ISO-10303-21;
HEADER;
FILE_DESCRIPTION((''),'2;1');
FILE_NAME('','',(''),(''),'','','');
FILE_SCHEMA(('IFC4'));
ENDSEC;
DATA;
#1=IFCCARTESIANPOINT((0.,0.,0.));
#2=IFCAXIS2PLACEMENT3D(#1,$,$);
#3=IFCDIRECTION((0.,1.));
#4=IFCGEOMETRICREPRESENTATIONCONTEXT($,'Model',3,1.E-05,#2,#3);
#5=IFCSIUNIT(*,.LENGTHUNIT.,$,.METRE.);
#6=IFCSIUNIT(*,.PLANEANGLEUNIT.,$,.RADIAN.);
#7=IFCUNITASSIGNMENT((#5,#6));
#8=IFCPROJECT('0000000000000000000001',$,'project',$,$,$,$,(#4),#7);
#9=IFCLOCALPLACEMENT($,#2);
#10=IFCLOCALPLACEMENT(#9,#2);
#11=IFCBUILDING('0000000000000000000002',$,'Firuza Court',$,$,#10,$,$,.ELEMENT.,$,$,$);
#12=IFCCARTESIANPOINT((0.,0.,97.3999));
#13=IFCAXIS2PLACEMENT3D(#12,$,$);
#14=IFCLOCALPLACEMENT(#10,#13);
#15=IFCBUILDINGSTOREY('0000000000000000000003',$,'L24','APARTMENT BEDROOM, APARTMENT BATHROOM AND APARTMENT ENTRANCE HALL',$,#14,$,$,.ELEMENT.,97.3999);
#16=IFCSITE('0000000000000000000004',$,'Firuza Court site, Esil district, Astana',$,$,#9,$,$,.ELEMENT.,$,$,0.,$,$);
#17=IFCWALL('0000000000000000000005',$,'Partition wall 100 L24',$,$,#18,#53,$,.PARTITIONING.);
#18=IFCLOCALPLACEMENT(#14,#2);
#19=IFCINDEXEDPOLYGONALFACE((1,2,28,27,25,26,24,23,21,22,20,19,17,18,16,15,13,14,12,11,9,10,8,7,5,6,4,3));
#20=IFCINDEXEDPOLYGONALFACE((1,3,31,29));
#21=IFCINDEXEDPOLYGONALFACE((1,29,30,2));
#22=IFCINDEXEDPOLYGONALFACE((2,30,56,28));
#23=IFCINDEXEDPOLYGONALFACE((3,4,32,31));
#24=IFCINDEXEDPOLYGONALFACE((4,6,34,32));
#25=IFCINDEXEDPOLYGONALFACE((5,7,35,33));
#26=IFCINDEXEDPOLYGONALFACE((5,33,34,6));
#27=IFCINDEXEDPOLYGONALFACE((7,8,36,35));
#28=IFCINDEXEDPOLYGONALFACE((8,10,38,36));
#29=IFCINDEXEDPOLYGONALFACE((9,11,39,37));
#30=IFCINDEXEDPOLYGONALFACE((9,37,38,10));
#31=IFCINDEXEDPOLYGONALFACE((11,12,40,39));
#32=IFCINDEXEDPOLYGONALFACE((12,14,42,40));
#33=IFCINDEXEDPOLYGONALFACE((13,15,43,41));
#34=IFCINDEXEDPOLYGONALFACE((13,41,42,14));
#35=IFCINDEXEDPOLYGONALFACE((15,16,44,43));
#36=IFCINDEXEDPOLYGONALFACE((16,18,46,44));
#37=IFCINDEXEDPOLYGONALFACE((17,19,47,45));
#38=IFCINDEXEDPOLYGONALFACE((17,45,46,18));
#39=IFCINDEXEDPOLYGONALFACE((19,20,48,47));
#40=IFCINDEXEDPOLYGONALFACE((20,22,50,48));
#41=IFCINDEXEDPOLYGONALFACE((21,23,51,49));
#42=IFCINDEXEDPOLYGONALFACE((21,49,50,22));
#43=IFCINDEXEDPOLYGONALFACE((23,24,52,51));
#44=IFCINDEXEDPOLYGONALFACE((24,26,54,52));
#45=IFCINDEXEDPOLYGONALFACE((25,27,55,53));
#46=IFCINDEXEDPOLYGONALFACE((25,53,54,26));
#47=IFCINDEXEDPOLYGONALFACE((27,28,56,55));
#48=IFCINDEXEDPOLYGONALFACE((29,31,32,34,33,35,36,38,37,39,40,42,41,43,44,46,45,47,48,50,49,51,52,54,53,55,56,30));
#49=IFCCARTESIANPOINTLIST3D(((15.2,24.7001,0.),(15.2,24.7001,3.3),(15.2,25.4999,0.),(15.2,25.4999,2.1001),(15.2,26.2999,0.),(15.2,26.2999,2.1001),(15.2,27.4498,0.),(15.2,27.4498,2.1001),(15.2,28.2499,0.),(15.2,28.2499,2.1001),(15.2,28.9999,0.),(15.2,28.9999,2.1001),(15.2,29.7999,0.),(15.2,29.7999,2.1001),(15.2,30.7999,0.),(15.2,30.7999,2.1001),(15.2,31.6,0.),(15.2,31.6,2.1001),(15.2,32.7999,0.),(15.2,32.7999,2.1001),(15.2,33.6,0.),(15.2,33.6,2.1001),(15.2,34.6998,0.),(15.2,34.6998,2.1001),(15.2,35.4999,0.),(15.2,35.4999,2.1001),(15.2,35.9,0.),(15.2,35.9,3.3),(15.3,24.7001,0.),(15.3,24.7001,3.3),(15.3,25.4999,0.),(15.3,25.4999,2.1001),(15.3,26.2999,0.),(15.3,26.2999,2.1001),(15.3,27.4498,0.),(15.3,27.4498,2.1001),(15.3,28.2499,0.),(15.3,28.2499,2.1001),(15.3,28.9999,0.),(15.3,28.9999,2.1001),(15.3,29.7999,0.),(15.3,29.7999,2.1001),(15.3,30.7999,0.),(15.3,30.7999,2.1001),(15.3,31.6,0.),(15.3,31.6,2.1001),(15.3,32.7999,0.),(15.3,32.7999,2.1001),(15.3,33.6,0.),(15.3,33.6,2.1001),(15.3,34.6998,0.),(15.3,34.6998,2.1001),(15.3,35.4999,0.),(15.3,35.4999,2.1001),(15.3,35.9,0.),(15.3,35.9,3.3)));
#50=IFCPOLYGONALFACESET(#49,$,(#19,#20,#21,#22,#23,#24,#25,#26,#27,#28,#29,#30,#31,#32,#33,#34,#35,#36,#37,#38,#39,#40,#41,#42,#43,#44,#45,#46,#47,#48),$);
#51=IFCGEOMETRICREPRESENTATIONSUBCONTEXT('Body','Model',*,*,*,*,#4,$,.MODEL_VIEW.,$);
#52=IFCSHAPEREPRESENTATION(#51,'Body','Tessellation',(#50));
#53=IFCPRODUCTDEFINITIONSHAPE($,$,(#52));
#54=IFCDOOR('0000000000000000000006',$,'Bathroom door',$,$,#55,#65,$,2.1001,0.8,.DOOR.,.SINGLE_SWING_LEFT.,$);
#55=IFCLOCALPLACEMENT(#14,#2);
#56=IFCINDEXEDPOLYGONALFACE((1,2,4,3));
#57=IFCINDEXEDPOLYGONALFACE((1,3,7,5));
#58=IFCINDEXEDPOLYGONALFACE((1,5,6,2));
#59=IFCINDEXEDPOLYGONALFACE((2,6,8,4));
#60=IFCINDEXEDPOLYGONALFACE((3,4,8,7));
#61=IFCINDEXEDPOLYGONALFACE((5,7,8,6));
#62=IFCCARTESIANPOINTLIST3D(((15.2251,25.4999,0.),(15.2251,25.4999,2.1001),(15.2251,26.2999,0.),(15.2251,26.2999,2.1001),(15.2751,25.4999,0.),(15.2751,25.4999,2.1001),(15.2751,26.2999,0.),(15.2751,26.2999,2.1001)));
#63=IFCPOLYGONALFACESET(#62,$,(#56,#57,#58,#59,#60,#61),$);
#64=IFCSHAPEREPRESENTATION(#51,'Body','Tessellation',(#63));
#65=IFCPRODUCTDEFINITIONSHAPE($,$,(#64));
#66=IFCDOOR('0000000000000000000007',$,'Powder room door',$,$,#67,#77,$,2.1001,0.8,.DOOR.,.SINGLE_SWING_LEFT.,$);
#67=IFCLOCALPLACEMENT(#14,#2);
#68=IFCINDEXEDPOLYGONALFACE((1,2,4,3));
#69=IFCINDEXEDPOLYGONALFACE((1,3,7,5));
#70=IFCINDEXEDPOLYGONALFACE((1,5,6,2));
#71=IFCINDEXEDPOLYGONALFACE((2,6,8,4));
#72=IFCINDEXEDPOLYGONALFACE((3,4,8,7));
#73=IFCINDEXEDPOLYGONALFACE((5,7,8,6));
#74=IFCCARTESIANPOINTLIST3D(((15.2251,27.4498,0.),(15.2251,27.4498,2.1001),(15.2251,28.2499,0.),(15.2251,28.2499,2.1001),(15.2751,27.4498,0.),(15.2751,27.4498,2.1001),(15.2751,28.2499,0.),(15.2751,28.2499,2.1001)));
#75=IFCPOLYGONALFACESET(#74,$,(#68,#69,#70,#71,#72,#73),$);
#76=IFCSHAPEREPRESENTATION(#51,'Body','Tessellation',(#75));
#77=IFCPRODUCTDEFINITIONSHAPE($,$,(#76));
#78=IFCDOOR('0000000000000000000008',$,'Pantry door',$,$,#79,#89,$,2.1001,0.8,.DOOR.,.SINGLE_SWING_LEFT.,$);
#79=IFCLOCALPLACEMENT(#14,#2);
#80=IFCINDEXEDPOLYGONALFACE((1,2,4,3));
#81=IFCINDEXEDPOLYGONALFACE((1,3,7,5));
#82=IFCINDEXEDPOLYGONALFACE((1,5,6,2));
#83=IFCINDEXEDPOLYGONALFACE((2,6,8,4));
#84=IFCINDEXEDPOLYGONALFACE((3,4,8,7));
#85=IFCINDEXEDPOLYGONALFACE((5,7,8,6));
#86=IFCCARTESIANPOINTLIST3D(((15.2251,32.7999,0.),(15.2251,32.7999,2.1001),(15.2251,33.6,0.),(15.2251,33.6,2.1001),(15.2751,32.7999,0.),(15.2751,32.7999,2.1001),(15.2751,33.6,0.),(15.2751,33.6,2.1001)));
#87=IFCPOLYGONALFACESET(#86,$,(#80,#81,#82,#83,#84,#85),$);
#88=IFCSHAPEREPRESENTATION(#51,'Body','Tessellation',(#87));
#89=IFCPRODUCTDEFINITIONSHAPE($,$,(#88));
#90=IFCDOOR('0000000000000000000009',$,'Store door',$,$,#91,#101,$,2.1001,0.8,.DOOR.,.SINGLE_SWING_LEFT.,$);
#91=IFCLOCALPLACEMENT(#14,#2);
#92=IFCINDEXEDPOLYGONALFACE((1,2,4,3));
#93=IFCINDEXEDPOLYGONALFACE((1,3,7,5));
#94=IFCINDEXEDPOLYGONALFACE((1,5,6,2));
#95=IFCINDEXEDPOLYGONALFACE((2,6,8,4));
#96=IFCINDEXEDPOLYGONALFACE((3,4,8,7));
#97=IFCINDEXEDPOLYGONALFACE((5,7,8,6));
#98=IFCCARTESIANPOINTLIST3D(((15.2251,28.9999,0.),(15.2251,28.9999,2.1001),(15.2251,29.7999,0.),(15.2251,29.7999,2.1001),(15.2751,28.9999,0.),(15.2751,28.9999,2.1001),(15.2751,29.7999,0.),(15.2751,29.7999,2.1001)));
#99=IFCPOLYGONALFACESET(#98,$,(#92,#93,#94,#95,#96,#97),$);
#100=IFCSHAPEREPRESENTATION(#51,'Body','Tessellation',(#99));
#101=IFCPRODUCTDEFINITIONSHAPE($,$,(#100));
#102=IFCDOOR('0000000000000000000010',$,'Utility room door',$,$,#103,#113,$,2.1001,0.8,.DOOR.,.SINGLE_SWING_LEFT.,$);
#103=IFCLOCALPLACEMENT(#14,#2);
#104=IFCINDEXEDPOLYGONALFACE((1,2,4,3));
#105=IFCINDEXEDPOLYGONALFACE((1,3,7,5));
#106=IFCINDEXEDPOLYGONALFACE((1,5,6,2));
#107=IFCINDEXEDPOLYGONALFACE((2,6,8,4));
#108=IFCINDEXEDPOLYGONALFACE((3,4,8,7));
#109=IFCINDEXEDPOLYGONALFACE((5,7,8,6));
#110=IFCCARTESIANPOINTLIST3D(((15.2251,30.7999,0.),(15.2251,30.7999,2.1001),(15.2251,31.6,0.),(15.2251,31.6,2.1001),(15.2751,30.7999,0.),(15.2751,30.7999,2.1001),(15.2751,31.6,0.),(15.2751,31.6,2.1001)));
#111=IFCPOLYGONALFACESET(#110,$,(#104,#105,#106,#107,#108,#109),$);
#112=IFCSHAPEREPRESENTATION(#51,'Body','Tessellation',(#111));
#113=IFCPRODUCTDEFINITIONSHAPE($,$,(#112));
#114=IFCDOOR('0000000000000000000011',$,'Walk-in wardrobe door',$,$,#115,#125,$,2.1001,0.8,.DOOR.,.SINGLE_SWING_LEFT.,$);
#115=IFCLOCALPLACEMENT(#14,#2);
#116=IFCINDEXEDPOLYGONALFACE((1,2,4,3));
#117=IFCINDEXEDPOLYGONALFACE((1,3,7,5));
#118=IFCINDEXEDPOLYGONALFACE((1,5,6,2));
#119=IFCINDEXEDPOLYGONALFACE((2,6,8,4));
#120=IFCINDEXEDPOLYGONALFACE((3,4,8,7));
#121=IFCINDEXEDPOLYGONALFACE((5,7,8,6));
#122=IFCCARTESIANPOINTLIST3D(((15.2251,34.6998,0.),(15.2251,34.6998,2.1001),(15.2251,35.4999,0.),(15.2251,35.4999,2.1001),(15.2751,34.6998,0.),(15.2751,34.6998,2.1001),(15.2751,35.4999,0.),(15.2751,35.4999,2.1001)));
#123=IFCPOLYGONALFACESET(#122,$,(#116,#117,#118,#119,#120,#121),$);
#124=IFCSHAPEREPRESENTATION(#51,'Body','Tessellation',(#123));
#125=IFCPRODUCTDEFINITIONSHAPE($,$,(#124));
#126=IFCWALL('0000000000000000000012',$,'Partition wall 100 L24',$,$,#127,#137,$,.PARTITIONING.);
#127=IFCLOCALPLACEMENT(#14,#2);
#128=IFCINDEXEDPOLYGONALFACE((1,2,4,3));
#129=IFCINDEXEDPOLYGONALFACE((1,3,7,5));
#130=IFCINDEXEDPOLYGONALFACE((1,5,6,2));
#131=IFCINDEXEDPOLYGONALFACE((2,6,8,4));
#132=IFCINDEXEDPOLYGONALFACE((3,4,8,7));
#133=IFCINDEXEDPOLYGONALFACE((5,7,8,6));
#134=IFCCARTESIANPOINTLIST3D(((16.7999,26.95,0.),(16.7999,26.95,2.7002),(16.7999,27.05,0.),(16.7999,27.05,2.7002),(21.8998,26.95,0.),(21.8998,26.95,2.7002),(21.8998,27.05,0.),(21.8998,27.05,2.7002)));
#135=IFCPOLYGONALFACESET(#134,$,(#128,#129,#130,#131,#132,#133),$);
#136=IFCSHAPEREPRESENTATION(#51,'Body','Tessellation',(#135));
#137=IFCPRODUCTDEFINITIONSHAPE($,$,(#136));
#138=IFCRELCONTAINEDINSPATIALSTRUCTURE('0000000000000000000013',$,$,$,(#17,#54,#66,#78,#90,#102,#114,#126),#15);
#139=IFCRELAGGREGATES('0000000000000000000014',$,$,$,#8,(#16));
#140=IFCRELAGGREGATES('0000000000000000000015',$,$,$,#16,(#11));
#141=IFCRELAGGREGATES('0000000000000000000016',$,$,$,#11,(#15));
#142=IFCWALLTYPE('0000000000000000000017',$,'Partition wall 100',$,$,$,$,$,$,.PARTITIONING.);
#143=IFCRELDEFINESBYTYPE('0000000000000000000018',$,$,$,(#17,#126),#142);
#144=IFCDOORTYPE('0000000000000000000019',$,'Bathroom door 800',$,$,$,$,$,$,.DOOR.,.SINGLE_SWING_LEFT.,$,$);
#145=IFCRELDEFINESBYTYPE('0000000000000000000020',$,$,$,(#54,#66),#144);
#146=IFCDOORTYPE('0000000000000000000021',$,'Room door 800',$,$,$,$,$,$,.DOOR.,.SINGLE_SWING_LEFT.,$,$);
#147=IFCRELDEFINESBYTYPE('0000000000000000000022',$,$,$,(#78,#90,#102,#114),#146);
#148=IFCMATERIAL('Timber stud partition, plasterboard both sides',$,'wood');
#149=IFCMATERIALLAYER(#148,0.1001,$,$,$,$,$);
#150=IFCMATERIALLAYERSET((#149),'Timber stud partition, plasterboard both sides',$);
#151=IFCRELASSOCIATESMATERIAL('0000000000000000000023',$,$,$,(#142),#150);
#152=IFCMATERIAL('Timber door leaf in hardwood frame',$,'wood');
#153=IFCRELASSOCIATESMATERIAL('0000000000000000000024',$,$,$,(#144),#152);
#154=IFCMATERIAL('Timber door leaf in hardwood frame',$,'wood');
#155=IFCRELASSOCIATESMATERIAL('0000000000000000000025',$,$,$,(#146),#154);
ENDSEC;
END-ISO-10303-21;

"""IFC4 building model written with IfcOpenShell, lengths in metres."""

from ifc_helpers import new_model, si_unit, direction, frame, frame_2d, origin, place, context, subcontext, project, spatial, rectangle, extrude, material, layer, layer_set, type_object, element, fill, save


model = new_model("IFC4")

# Units and contexts
model_context = context("Model", 3, precision=1e-05, world=origin(), true_north=direction((0.0, 1.0)))
body_context = subcontext(model_context, "Body", "Model", "MODEL_VIEW")
ifc_project = project(units=[si_unit("LENGTHUNIT", "METRE"), si_unit("PLANEANGLEUNIT", "RADIAN")], contexts=[model_context])

# Site, building, storey
site_placement = place(None, origin())
site = spatial("IfcSite", under=ifc_project, at=site_placement, Name="Firuza Court site, Esil district, Astana", CompositionType="ELEMENT", RefElevation=0.0)
building_placement = place(site_placement, origin())
building = spatial("IfcBuilding", under=site, at=building_placement, Name="Firuza Court", CompositionType="ELEMENT")
storey_placement = place(building_placement, frame((0.0, 0.0, 97.3999)))
storey = spatial("IfcBuildingStorey", under=building, at=storey_placement, Name="L24", Description="APARTMENT BEDROOM, APARTMENT BATHROOM AND APARTMENT ENTRANCE HALL", CompositionType="ELEMENT", Elevation=97.3999)

# Shared definitions
ifc_material_1 = material(Name="Timber stud partition, plasterboard both sides", Category="wood")
ifc_layer_1 = layer(ifc_material_1, 0.1001)
ifc_layer_set_1 = layer_set([ifc_layer_1], Name="Timber stud partition, plasterboard both sides")
wall_type_1 = type_object("IfcWallType", Name="Partition wall 100", PredefinedType="PARTITIONING", material=ifc_layer_set_1)

# Wall, openings, doors
wall_1_placement = place(storey_placement, frame((15.25, 24.7, 0.0), z_axis=(0.0, 0.0, 1.0), x_axis=(0.0, 1.0, 0.0)))
wall_1 = element("IfcWall", 1, at=wall_1_placement, inside=storey, type_object=wall_type_1, Name="Partition wall 100 L24", PredefinedType="PARTITIONING", context=body_context, shape_type="SweptSolid", body=[
    extrude(rectangle(XDim=11.2, YDim=0.1001, at=frame_2d((5.6001, 0.0))), origin(), (0.0, 0.0, 1.0), 3.3),
])
opening_1_placement = place(wall_1_placement, frame((0.8, 0.0, 0.0)))
opening_1 = element("IfcOpeningElement", 2, at=opening_1_placement, cuts=wall_1, PredefinedType="OPENING", context=body_context, shape_type="SweptSolid", body=[
    extrude(rectangle(XDim=0.8, YDim=2.1001, at=frame_2d((0.3999, 1.05))), frame((0.0, 0.062, 0.0), z_axis=(0.0, -1.0, 0.0), x_axis=(1.0, 0.0, 0.0)), (0.0, 0.0, 1.0), 0.124),
])
opening_2_placement = place(wall_1_placement, frame((8.1001, 0.0, 0.0)))
opening_2 = element("IfcOpeningElement", 3, at=opening_2_placement, cuts=wall_1, PredefinedType="OPENING", context=body_context, shape_type="SweptSolid", body=[
    extrude(rectangle(XDim=0.8, YDim=2.1001, at=frame_2d((0.3999, 1.05))), frame((0.0, 0.062, 0.0), z_axis=(0.0, -1.0, 0.0), x_axis=(1.0, 0.0, 0.0)), (0.0, 0.0, 1.0), 0.124),
])
opening_3_placement = place(wall_1_placement, frame((4.3, 0.0, 0.0)))
opening_3 = element("IfcOpeningElement", 4, at=opening_3_placement, cuts=wall_1, PredefinedType="OPENING", context=body_context, shape_type="SweptSolid", body=[
    extrude(rectangle(XDim=0.8, YDim=2.1001, at=frame_2d((0.3999, 1.05))), frame((0.0, 0.062, 0.0), z_axis=(0.0, -1.0, 0.0), x_axis=(1.0, 0.0, 0.0)), (0.0, 0.0, 1.0), 0.124),
])
opening_4_placement = place(wall_1_placement, frame((6.1001, 0.0, 0.0)))
opening_4 = element("IfcOpeningElement", 5, at=opening_4_placement, cuts=wall_1, PredefinedType="OPENING", context=body_context, shape_type="SweptSolid", body=[
    extrude(rectangle(XDim=0.8, YDim=2.1001, at=frame_2d((0.3999, 1.05))), frame((0.0, 0.062, 0.0), z_axis=(0.0, -1.0, 0.0), x_axis=(1.0, 0.0, 0.0)), (0.0, 0.0, 1.0), 0.124),
])
opening_5_placement = place(wall_1_placement, frame((10.0, 0.0, 0.0)))
opening_5 = element("IfcOpeningElement", 6, at=opening_5_placement, cuts=wall_1, PredefinedType="OPENING", context=body_context, shape_type="SweptSolid", body=[
    extrude(rectangle(XDim=0.8, YDim=2.1001, at=frame_2d((0.3999, 1.05))), frame((0.0, 0.062, 0.0), z_axis=(0.0, -1.0, 0.0), x_axis=(1.0, 0.0, 0.0)), (0.0, 0.0, 1.0), 0.124),
])
opening_6_placement = place(wall_1_placement, frame((2.75, 0.0, 0.0)))
opening_6 = element("IfcOpeningElement", 7, at=opening_6_placement, cuts=wall_1, PredefinedType="OPENING", context=body_context, shape_type="SweptSolid", body=[
    extrude(rectangle(XDim=0.8, YDim=2.1001, at=frame_2d((0.3999, 1.05))), frame((0.0, 0.062, 0.0), z_axis=(0.0, -1.0, 0.0), x_axis=(1.0, 0.0, 0.0)), (0.0, 0.0, 1.0), 0.124),
])
ifc_material_2 = material(Name="Timber door leaf in hardwood frame", Category="wood")
door_type_1 = type_object("IfcDoorType", Name="Bathroom door 800", OperationType="SINGLE_SWING_LEFT", PredefinedType="DOOR", material=ifc_material_2)
door_1_placement = place(opening_1_placement, origin())
door_1 = element("IfcDoor", 8, at=door_1_placement, inside=storey, type_object=door_type_1, Name="Bathroom door", OperationType="SINGLE_SWING_LEFT", OverallHeight=2.1001, OverallWidth=0.8, PredefinedType="DOOR", context=body_context, shape_type="SweptSolid", body=[
    extrude(rectangle(XDim=0.8, YDim=2.1001, at=frame_2d((0.3999, 1.05))), frame((0.0, 0.0249, 0.0), z_axis=(0.0, -1.0, 0.0), x_axis=(1.0, 0.0, 0.0)), (0.0, 0.0, 1.0), 0.05),
])
fill(opening_1, door_1)
door_2_placement = place(opening_6_placement, origin())
door_2 = element("IfcDoor", 9, at=door_2_placement, inside=storey, type_object=door_type_1, Name="Powder room door", OperationType="SINGLE_SWING_LEFT", OverallHeight=2.1001, OverallWidth=0.8, PredefinedType="DOOR", context=body_context, shape_type="SweptSolid", body=[
    extrude(rectangle(XDim=0.8, YDim=2.1001, at=frame_2d((0.3999, 1.05))), frame((0.0, 0.0249, 0.0), z_axis=(0.0, -1.0, 0.0), x_axis=(1.0, 0.0, 0.0)), (0.0, 0.0, 1.0), 0.05),
])
fill(opening_6, door_2)
ifc_material_3 = material(Name="Timber door leaf in hardwood frame", Category="wood")
door_type_2 = type_object("IfcDoorType", Name="Room door 800", OperationType="SINGLE_SWING_LEFT", PredefinedType="DOOR", material=ifc_material_3)
door_3_placement = place(opening_2_placement, origin())
door_3 = element("IfcDoor", 10, at=door_3_placement, inside=storey, type_object=door_type_2, Name="Pantry door", OperationType="SINGLE_SWING_LEFT", OverallHeight=2.1001, OverallWidth=0.8, PredefinedType="DOOR", context=body_context, shape_type="SweptSolid", body=[
    extrude(rectangle(XDim=0.8, YDim=2.1001, at=frame_2d((0.3999, 1.05))), frame((0.0, 0.0249, 0.0), z_axis=(0.0, -1.0, 0.0), x_axis=(1.0, 0.0, 0.0)), (0.0, 0.0, 1.0), 0.05),
])
fill(opening_2, door_3)
door_4_placement = place(opening_3_placement, origin())
door_4 = element("IfcDoor", 11, at=door_4_placement, inside=storey, type_object=door_type_2, Name="Store door", OperationType="SINGLE_SWING_LEFT", OverallHeight=2.1001, OverallWidth=0.8, PredefinedType="DOOR", context=body_context, shape_type="SweptSolid", body=[
    extrude(rectangle(XDim=0.8, YDim=2.1001, at=frame_2d((0.3999, 1.05))), frame((0.0, 0.0249, 0.0), z_axis=(0.0, -1.0, 0.0), x_axis=(1.0, 0.0, 0.0)), (0.0, 0.0, 1.0), 0.05),
])
fill(opening_3, door_4)
door_5_placement = place(opening_4_placement, origin())
door_5 = element("IfcDoor", 12, at=door_5_placement, inside=storey, type_object=door_type_2, Name="Utility room door", OperationType="SINGLE_SWING_LEFT", OverallHeight=2.1001, OverallWidth=0.8, PredefinedType="DOOR", context=body_context, shape_type="SweptSolid", body=[
    extrude(rectangle(XDim=0.8, YDim=2.1001, at=frame_2d((0.3999, 1.05))), frame((0.0, 0.0249, 0.0), z_axis=(0.0, -1.0, 0.0), x_axis=(1.0, 0.0, 0.0)), (0.0, 0.0, 1.0), 0.05),
])
fill(opening_4, door_5)
door_6_placement = place(opening_5_placement, origin())
door_6 = element("IfcDoor", 13, at=door_6_placement, inside=storey, type_object=door_type_2, Name="Walk-in wardrobe door", OperationType="SINGLE_SWING_LEFT", OverallHeight=2.1001, OverallWidth=0.8, PredefinedType="DOOR", context=body_context, shape_type="SweptSolid", body=[
    extrude(rectangle(XDim=0.8, YDim=2.1001, at=frame_2d((0.3999, 1.05))), frame((0.0, 0.0249, 0.0), z_axis=(0.0, -1.0, 0.0), x_axis=(1.0, 0.0, 0.0)), (0.0, 0.0, 1.0), 0.05),
])
fill(opening_5, door_6)

# Wall
wall_2_placement = place(storey_placement, frame((16.8, 27.0, 0.0), z_axis=(0.0, 0.0, 1.0), x_axis=(1.0, 0.0, 0.0)))
element("IfcWall", 14, at=wall_2_placement, inside=storey, type_object=wall_type_1, Name="Partition wall 100 L24", PredefinedType="PARTITIONING", context=body_context, shape_type="SweptSolid", body=[
    extrude(rectangle(XDim=5.0999, YDim=0.1001, at=frame_2d((2.5498, 0.0))), origin(), (0.0, 0.0, 1.0), 2.7002),
])

save(model, "model.ifc")
